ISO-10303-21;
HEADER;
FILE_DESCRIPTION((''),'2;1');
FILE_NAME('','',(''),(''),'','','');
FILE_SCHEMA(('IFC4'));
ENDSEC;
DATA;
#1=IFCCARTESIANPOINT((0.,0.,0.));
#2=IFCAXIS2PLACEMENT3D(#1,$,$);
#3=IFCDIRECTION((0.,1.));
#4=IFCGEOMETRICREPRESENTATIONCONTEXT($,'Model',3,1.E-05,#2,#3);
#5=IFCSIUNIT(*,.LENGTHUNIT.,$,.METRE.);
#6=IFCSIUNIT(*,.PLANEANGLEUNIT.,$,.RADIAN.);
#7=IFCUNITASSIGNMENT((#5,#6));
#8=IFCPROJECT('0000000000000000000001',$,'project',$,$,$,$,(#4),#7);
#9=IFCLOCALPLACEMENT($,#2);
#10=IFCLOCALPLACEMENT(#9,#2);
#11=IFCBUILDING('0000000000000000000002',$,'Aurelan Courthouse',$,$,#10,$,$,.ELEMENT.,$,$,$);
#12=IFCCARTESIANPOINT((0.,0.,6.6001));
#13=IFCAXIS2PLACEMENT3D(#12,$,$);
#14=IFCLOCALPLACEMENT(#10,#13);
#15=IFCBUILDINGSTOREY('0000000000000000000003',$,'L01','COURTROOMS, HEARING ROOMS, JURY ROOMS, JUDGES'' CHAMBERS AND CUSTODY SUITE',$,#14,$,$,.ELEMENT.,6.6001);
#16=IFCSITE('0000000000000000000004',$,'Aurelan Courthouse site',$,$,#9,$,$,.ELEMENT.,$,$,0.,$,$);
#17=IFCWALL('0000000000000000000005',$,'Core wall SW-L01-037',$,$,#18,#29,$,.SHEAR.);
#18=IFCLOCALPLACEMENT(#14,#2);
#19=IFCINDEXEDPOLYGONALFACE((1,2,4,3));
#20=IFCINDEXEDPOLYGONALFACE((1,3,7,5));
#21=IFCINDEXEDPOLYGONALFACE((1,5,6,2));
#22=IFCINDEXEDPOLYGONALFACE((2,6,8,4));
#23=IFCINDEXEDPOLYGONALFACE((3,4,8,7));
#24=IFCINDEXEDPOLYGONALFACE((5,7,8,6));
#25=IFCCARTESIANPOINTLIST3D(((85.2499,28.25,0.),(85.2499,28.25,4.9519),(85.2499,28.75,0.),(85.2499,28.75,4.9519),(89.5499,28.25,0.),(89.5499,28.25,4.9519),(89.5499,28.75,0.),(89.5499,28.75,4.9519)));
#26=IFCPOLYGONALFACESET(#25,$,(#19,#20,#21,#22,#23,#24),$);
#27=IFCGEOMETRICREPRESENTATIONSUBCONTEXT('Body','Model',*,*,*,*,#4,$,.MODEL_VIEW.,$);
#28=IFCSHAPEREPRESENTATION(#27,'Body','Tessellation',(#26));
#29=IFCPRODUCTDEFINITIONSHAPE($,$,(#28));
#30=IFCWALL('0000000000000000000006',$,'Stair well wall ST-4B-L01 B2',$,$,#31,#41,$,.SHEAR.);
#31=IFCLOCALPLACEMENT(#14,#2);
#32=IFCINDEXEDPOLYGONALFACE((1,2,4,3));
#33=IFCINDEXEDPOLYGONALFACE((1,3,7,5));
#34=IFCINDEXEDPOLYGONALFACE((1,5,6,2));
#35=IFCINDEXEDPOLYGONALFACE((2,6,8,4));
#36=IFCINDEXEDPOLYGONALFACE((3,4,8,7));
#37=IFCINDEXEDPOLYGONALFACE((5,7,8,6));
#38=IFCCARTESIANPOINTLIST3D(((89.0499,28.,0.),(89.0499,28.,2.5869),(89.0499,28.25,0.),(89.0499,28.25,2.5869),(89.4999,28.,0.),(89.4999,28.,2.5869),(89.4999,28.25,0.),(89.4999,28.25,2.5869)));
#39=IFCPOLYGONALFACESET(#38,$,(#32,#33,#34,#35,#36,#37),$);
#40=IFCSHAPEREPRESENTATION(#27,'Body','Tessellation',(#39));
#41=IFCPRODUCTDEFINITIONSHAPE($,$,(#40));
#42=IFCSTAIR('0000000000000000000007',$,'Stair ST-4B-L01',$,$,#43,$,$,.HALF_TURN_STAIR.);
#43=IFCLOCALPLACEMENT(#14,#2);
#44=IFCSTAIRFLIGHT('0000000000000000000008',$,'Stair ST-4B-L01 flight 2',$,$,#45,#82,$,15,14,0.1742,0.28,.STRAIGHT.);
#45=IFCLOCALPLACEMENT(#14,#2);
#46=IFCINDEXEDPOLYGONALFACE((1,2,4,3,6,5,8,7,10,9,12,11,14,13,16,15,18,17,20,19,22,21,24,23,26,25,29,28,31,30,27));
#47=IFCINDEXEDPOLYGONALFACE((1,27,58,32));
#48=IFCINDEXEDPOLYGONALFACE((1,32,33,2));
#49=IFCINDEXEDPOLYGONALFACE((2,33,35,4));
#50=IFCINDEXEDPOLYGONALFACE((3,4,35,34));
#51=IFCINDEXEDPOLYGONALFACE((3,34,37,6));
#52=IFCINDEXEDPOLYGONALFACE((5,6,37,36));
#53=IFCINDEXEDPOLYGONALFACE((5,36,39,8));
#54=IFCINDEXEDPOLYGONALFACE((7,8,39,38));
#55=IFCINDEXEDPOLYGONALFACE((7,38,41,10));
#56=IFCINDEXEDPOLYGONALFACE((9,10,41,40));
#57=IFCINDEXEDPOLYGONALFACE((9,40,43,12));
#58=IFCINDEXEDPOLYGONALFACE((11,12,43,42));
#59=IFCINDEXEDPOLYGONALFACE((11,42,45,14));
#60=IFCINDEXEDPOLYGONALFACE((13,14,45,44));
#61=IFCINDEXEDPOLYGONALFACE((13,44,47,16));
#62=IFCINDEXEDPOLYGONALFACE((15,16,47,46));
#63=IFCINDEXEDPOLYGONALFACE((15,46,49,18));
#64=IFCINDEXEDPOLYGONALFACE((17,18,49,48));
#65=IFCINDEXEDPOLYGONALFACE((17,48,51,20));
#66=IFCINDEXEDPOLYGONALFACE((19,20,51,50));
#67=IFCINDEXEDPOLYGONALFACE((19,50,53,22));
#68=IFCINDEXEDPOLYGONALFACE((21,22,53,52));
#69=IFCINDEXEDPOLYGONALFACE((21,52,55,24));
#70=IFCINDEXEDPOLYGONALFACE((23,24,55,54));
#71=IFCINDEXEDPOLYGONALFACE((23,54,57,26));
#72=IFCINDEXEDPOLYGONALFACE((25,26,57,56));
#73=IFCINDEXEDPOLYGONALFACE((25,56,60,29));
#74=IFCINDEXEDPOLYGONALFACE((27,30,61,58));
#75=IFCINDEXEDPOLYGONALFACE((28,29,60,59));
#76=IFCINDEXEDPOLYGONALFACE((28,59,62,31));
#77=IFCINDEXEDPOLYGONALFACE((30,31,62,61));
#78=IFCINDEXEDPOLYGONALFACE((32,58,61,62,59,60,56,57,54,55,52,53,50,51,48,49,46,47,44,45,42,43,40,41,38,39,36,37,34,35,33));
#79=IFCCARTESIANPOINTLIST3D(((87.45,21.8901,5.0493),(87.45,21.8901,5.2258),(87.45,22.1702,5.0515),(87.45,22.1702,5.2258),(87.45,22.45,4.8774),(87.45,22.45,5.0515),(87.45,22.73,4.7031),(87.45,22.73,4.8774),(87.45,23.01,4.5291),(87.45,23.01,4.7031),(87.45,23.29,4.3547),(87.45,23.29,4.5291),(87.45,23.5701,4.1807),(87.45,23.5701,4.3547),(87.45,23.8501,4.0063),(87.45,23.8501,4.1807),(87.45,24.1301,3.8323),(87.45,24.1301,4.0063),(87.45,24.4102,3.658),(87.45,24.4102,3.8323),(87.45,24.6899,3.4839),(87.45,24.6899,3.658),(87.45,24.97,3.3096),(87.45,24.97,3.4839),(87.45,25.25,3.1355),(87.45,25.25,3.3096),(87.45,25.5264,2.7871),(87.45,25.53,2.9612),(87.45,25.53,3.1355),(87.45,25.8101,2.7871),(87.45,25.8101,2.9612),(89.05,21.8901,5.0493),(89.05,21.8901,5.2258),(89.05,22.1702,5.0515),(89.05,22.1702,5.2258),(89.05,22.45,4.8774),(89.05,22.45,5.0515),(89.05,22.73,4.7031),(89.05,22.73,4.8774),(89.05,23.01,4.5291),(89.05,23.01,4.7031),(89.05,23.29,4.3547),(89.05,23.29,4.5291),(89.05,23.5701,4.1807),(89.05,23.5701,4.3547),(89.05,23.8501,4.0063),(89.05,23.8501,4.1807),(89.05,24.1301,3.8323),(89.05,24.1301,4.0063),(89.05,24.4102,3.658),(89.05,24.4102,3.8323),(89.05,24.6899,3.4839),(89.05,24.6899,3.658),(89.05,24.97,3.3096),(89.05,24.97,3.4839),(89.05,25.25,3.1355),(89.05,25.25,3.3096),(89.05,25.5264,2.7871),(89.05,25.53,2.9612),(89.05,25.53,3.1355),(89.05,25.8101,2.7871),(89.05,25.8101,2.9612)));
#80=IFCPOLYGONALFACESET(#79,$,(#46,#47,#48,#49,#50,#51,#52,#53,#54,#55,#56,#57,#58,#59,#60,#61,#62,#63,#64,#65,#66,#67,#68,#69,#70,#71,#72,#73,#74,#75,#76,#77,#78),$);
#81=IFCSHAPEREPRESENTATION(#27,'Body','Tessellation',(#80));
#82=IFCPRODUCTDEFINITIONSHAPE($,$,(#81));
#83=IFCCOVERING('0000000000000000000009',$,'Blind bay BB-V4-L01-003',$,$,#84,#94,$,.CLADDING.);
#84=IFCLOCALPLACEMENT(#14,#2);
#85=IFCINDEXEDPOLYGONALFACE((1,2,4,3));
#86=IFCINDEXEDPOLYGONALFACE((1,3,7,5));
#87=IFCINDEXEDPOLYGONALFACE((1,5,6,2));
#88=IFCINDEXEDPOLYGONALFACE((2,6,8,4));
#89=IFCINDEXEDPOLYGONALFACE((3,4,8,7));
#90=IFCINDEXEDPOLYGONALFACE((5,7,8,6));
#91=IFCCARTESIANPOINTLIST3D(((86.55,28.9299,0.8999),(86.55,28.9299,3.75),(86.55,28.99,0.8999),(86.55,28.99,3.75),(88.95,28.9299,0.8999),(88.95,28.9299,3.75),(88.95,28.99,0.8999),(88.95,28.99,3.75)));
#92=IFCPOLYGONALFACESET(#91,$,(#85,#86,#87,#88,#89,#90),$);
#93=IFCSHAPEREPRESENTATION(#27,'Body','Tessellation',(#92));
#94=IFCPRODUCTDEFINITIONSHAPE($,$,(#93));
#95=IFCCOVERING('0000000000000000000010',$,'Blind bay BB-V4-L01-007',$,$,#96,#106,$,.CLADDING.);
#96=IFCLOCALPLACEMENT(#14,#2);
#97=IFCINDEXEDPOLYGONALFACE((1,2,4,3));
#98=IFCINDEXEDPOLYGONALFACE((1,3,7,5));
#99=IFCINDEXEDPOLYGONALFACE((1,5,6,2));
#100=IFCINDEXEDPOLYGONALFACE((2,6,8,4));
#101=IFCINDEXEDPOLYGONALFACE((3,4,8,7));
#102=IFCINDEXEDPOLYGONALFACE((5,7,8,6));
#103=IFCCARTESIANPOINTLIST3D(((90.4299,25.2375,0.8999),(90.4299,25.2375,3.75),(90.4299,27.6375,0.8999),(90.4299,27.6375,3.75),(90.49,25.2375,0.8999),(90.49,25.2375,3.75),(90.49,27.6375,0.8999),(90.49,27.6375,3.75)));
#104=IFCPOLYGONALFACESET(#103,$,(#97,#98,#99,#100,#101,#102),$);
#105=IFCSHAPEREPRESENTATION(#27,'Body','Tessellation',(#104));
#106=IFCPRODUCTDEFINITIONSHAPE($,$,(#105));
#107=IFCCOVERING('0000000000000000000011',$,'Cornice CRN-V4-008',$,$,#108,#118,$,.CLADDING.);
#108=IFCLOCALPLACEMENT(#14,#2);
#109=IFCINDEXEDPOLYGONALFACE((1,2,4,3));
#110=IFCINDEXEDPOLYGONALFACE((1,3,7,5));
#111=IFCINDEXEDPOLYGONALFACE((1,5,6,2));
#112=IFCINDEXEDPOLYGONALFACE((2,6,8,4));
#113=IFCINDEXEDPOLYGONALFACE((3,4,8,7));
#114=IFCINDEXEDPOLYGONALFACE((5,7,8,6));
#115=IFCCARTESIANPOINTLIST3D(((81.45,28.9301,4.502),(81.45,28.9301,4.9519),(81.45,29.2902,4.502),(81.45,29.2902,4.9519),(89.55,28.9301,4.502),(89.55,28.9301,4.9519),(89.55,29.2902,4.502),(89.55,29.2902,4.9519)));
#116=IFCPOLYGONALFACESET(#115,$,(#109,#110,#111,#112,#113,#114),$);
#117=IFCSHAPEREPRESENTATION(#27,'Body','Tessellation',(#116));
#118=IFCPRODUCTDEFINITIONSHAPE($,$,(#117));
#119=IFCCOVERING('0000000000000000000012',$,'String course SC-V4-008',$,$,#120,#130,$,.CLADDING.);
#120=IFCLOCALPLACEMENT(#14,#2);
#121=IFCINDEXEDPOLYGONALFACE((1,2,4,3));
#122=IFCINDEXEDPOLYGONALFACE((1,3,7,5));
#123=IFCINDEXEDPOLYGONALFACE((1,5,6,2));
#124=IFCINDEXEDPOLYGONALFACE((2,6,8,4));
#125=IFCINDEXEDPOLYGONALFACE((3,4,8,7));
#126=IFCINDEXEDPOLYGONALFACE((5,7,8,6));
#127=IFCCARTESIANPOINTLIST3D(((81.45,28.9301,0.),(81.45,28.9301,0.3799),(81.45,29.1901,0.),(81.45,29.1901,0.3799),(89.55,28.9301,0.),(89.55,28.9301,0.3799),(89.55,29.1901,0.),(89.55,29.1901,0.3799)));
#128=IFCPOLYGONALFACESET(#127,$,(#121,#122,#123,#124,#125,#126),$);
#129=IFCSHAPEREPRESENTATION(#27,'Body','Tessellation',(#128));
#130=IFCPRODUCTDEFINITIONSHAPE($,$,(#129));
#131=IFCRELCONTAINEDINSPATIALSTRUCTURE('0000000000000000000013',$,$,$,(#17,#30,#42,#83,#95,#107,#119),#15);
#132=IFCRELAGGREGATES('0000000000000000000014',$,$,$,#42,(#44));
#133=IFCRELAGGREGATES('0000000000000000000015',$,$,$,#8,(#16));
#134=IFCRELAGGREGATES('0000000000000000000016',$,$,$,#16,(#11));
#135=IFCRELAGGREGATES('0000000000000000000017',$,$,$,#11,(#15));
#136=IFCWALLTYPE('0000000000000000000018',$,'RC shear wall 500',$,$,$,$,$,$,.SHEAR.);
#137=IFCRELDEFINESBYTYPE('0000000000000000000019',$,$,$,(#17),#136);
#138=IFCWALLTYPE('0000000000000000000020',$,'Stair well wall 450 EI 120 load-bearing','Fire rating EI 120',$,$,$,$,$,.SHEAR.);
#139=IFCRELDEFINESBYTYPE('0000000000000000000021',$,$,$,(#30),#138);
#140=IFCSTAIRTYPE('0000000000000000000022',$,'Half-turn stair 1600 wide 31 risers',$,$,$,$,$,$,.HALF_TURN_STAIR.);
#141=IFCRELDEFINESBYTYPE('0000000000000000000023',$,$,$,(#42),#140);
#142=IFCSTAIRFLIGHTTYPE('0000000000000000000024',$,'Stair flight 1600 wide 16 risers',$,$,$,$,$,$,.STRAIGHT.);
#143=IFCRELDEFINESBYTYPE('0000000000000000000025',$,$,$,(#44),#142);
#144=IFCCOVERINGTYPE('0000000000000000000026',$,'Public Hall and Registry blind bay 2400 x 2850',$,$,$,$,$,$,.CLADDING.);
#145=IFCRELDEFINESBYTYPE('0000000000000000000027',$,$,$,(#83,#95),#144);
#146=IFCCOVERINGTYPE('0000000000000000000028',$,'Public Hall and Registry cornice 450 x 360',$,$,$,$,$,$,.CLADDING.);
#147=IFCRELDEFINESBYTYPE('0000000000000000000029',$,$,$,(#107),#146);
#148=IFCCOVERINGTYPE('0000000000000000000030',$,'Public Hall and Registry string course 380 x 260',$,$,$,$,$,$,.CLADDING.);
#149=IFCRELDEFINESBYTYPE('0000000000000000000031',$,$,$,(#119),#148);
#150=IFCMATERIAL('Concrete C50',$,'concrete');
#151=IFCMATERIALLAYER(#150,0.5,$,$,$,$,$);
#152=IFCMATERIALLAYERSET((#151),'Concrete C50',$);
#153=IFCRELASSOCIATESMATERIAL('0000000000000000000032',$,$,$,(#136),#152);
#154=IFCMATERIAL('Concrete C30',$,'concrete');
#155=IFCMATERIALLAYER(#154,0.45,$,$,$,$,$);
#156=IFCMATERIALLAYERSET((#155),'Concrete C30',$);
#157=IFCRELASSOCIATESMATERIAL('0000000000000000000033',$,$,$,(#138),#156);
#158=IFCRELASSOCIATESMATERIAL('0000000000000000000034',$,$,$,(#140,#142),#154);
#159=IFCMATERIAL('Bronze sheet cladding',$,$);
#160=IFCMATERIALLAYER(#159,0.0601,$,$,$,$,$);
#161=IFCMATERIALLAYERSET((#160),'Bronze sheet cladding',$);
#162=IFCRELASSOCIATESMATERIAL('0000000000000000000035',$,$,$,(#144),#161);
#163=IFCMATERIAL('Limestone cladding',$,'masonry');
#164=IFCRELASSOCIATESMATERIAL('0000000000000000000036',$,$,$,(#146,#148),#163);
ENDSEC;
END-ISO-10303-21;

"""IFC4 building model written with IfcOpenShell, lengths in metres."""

from ifc_helpers import new_model, si_unit, direction, frame, frame_2d, origin, origin_2d, place, context, subcontext, project, spatial, polyline, rectangle, outline, extrude, material, layer, layer_set, type_object, element, aggregate, save


model = new_model("IFC4")

# Units and contexts
model_context = context("Model", 3, precision=1e-05, world=origin(), true_north=direction((0.0, 1.0)))
body_context = subcontext(model_context, "Body", "Model", "MODEL_VIEW")
ifc_project = project(units=[si_unit("LENGTHUNIT", "METRE"), si_unit("PLANEANGLEUNIT", "RADIAN")], contexts=[model_context])

# Site, building, storey
site_placement = place(None, origin())
site = spatial("IfcSite", under=ifc_project, at=site_placement, Name="Aurelan Courthouse site", CompositionType="ELEMENT", RefElevation=0.0)
building_placement = place(site_placement, origin())
building = spatial("IfcBuilding", under=site, at=building_placement, Name="Aurelan Courthouse", CompositionType="ELEMENT")
storey_placement = place(building_placement, frame((0.0, 0.0, 6.6001)))
storey = spatial("IfcBuildingStorey", under=building, at=storey_placement, Name="L01", Description="COURTROOMS, HEARING ROOMS, JURY ROOMS, JUDGES' CHAMBERS AND CUSTODY SUITE", CompositionType="ELEMENT", Elevation=6.6001)

# Shared definitions
ifc_material_1 = material(Name="Concrete C50", Category="concrete")

# Walls
ifc_layer_1 = layer(ifc_material_1, 0.5)
ifc_layer_set_1 = layer_set([ifc_layer_1], Name="Concrete C50")
wall_type_1 = type_object("IfcWallType", Name="RC shear wall 500", PredefinedType="SHEAR", material=ifc_layer_set_1)
wall_1_placement = place(storey_placement, frame((85.25, 28.5, 0.0), z_axis=(0.0, 0.0, 1.0), x_axis=(1.0, 0.0, 0.0)))
element("IfcWall", 1, at=wall_1_placement, inside=storey, type_object=wall_type_1, Name="Core wall SW-L01-037", PredefinedType="SHEAR", context=body_context, shape_type="SweptSolid", body=[
    extrude(rectangle(XDim=4.3, YDim=0.5, at=frame_2d((2.1499, 0.0))), origin(), (0.0, 0.0, 1.0), 4.9519),
])
ifc_material_2 = material(Name="Concrete C30", Category="concrete")
ifc_layer_2 = layer(ifc_material_2, 0.45)
ifc_layer_set_2 = layer_set([ifc_layer_2], Name="Concrete C30")
wall_type_2 = type_object("IfcWallType", Name="Stair well wall 450 EI 120 load-bearing", Description="Fire rating EI 120", PredefinedType="SHEAR", material=ifc_layer_set_2)
wall_2_placement = place(storey_placement, frame((89.2749, 28.0, 0.0), z_axis=(0.0, 0.0, 1.0), x_axis=(0.0, 1.0, 0.0)))
element("IfcWall", 2, at=wall_2_placement, inside=storey, type_object=wall_type_2, Name="Stair well wall ST-4B-L01 B2", PredefinedType="SHEAR", context=body_context, shape_type="SweptSolid", body=[
    extrude(rectangle(XDim=0.25, YDim=0.45, at=frame_2d((0.125, 0.0))), origin(), (0.0, 0.0, 1.0), 2.5869),
])

# Stair, stair flight
stair_type = type_object("IfcStairType", Name="Half-turn stair 1600 wide 31 risers", PredefinedType="HALF_TURN_STAIR", material=ifc_material_2)
stair_placement = place(storey_placement, origin())
stair = element("IfcStair", 3, at=stair_placement, inside=storey, type_object=stair_type, Name="Stair ST-4B-L01", PredefinedType="HALF_TURN_STAIR")
stair_flight_type = type_object("IfcStairFlightType", Name="Stair flight 1600 wide 16 risers", PredefinedType="STRAIGHT", material=ifc_material_2)
stair_flight_placement = place(storey_placement, frame((88.25, 25.8101, 2.7871), z_axis=(0.0, 0.0, 1.0), x_axis=(0.0, -1.0, 0.0)))
stair_flight = element("IfcStairFlight", 4, at=stair_flight_placement, type_object=stair_flight_type, Name="Stair ST-4B-L01 flight 2", NumberOfRisers=15, NumberOfTreads=14, PredefinedType="STRAIGHT", RiserHeight=0.1742, TreadLength=0.28, context=body_context, shape_type="SweptSolid", body=[
    extrude(outline(polyline([(0.0, 0.0), (0.0, 0.1741), (0.28, 0.1741), (0.28, 0.3484), (0.5601, 0.3484), (0.5601, 0.5225), (0.8401, 0.5225), (0.8401, 0.6968), (1.1201, 0.6968), (1.1201, 0.8708), (1.3999, 0.8708), (1.3999, 1.0452), (1.6799, 1.0452), (1.6799, 1.2192), (1.96, 1.2192), (1.96, 1.3936), (2.24, 1.3936), (2.24, 1.5676), (2.52, 1.5676), (2.52, 1.7419), (2.8, 1.7419), (2.8, 1.916), (3.0801, 1.916), (3.0801, 2.0903), (3.3601, 2.0903), (3.3601, 2.2644), (3.6399, 2.2644), (3.6399, 2.4387), (3.9199, 2.4387), (3.9199, 2.6128), (3.9199, 2.2622), (0.2837, 0.0), (0.0, 0.0)])), frame((0.0, 0.8, 0.0), z_axis=(0.0, -1.0, 0.0), x_axis=(1.0, 0.0, 0.0)), (0.0, 0.0, 1.0), 1.6001),
])
aggregate(stair, [stair_flight])

# Coverings
ifc_material_3 = material(Name="Bronze sheet cladding")
ifc_layer_3 = layer(ifc_material_3, 0.0601)
ifc_layer_set_3 = layer_set([ifc_layer_3], Name="Bronze sheet cladding")
covering_type_1 = type_object("IfcCoveringType", Name="Public Hall and Registry blind bay 2400 x 2850", PredefinedType="CLADDING", material=ifc_layer_set_3)
covering_1_placement = place(storey_placement, frame((87.75, 28.96, 0.8999), z_axis=(0.0, 0.0, 1.0), x_axis=(1.0, 0.0, 0.0)))
element("IfcCovering", 5, at=covering_1_placement, inside=storey, type_object=covering_type_1, Name="Blind bay BB-V4-L01-003", PredefinedType="CLADDING", context=body_context, shape_type="SweptSolid", body=[
    extrude(rectangle(XDim=2.3999, YDim=0.0601, at=origin_2d()), origin(), (0.0, 0.0, 1.0), 2.8501),
])
covering_2_placement = place(storey_placement, frame((90.46, 26.4375, 0.8999), z_axis=(0.0, 0.0, 1.0), x_axis=(1.0, 0.0, 0.0)))
element("IfcCovering", 6, at=covering_2_placement, inside=storey, type_object=covering_type_1, Name="Blind bay BB-V4-L01-007", PredefinedType="CLADDING", context=body_context, shape_type="SweptSolid", body=[
    extrude(rectangle(XDim=0.0601, YDim=2.3999, at=origin_2d()), origin(), (0.0, 0.0, 1.0), 2.8501),
])
ifc_material_4 = material(Name="Limestone cladding", Category="masonry")
covering_type_2 = type_object("IfcCoveringType", Name="Public Hall and Registry cornice 450 x 360", PredefinedType="CLADDING", material=ifc_material_4)
covering_3_placement = place(storey_placement, frame((85.5, 29.1101, 4.502), z_axis=(0.0, 0.0, 1.0), x_axis=(1.0, 0.0, 0.0)))
element("IfcCovering", 7, at=covering_3_placement, inside=storey, type_object=covering_type_2, Name="Cornice CRN-V4-008", PredefinedType="CLADDING", context=body_context, shape_type="SweptSolid", body=[
    extrude(rectangle(XDim=8.1001, YDim=0.3601, at=origin_2d()), origin(), (0.0, 0.0, 1.0), 0.45),
])
covering_type_3 = type_object("IfcCoveringType", Name="Public Hall and Registry string course 380 x 260", PredefinedType="CLADDING", material=ifc_material_4)
covering_4_placement = place(storey_placement, frame((85.5, 29.0601, 0.0), z_axis=(0.0, 0.0, 1.0), x_axis=(1.0, 0.0, 0.0)))
element("IfcCovering", 8, at=covering_4_placement, inside=storey, type_object=covering_type_3, Name="String course SC-V4-008", PredefinedType="CLADDING", context=body_context, shape_type="SweptSolid", body=[
    extrude(rectangle(XDim=8.1001, YDim=0.26, at=origin_2d()), origin(), (0.0, 0.0, 1.0), 0.3799),
])

save(model, "model.ifc")
